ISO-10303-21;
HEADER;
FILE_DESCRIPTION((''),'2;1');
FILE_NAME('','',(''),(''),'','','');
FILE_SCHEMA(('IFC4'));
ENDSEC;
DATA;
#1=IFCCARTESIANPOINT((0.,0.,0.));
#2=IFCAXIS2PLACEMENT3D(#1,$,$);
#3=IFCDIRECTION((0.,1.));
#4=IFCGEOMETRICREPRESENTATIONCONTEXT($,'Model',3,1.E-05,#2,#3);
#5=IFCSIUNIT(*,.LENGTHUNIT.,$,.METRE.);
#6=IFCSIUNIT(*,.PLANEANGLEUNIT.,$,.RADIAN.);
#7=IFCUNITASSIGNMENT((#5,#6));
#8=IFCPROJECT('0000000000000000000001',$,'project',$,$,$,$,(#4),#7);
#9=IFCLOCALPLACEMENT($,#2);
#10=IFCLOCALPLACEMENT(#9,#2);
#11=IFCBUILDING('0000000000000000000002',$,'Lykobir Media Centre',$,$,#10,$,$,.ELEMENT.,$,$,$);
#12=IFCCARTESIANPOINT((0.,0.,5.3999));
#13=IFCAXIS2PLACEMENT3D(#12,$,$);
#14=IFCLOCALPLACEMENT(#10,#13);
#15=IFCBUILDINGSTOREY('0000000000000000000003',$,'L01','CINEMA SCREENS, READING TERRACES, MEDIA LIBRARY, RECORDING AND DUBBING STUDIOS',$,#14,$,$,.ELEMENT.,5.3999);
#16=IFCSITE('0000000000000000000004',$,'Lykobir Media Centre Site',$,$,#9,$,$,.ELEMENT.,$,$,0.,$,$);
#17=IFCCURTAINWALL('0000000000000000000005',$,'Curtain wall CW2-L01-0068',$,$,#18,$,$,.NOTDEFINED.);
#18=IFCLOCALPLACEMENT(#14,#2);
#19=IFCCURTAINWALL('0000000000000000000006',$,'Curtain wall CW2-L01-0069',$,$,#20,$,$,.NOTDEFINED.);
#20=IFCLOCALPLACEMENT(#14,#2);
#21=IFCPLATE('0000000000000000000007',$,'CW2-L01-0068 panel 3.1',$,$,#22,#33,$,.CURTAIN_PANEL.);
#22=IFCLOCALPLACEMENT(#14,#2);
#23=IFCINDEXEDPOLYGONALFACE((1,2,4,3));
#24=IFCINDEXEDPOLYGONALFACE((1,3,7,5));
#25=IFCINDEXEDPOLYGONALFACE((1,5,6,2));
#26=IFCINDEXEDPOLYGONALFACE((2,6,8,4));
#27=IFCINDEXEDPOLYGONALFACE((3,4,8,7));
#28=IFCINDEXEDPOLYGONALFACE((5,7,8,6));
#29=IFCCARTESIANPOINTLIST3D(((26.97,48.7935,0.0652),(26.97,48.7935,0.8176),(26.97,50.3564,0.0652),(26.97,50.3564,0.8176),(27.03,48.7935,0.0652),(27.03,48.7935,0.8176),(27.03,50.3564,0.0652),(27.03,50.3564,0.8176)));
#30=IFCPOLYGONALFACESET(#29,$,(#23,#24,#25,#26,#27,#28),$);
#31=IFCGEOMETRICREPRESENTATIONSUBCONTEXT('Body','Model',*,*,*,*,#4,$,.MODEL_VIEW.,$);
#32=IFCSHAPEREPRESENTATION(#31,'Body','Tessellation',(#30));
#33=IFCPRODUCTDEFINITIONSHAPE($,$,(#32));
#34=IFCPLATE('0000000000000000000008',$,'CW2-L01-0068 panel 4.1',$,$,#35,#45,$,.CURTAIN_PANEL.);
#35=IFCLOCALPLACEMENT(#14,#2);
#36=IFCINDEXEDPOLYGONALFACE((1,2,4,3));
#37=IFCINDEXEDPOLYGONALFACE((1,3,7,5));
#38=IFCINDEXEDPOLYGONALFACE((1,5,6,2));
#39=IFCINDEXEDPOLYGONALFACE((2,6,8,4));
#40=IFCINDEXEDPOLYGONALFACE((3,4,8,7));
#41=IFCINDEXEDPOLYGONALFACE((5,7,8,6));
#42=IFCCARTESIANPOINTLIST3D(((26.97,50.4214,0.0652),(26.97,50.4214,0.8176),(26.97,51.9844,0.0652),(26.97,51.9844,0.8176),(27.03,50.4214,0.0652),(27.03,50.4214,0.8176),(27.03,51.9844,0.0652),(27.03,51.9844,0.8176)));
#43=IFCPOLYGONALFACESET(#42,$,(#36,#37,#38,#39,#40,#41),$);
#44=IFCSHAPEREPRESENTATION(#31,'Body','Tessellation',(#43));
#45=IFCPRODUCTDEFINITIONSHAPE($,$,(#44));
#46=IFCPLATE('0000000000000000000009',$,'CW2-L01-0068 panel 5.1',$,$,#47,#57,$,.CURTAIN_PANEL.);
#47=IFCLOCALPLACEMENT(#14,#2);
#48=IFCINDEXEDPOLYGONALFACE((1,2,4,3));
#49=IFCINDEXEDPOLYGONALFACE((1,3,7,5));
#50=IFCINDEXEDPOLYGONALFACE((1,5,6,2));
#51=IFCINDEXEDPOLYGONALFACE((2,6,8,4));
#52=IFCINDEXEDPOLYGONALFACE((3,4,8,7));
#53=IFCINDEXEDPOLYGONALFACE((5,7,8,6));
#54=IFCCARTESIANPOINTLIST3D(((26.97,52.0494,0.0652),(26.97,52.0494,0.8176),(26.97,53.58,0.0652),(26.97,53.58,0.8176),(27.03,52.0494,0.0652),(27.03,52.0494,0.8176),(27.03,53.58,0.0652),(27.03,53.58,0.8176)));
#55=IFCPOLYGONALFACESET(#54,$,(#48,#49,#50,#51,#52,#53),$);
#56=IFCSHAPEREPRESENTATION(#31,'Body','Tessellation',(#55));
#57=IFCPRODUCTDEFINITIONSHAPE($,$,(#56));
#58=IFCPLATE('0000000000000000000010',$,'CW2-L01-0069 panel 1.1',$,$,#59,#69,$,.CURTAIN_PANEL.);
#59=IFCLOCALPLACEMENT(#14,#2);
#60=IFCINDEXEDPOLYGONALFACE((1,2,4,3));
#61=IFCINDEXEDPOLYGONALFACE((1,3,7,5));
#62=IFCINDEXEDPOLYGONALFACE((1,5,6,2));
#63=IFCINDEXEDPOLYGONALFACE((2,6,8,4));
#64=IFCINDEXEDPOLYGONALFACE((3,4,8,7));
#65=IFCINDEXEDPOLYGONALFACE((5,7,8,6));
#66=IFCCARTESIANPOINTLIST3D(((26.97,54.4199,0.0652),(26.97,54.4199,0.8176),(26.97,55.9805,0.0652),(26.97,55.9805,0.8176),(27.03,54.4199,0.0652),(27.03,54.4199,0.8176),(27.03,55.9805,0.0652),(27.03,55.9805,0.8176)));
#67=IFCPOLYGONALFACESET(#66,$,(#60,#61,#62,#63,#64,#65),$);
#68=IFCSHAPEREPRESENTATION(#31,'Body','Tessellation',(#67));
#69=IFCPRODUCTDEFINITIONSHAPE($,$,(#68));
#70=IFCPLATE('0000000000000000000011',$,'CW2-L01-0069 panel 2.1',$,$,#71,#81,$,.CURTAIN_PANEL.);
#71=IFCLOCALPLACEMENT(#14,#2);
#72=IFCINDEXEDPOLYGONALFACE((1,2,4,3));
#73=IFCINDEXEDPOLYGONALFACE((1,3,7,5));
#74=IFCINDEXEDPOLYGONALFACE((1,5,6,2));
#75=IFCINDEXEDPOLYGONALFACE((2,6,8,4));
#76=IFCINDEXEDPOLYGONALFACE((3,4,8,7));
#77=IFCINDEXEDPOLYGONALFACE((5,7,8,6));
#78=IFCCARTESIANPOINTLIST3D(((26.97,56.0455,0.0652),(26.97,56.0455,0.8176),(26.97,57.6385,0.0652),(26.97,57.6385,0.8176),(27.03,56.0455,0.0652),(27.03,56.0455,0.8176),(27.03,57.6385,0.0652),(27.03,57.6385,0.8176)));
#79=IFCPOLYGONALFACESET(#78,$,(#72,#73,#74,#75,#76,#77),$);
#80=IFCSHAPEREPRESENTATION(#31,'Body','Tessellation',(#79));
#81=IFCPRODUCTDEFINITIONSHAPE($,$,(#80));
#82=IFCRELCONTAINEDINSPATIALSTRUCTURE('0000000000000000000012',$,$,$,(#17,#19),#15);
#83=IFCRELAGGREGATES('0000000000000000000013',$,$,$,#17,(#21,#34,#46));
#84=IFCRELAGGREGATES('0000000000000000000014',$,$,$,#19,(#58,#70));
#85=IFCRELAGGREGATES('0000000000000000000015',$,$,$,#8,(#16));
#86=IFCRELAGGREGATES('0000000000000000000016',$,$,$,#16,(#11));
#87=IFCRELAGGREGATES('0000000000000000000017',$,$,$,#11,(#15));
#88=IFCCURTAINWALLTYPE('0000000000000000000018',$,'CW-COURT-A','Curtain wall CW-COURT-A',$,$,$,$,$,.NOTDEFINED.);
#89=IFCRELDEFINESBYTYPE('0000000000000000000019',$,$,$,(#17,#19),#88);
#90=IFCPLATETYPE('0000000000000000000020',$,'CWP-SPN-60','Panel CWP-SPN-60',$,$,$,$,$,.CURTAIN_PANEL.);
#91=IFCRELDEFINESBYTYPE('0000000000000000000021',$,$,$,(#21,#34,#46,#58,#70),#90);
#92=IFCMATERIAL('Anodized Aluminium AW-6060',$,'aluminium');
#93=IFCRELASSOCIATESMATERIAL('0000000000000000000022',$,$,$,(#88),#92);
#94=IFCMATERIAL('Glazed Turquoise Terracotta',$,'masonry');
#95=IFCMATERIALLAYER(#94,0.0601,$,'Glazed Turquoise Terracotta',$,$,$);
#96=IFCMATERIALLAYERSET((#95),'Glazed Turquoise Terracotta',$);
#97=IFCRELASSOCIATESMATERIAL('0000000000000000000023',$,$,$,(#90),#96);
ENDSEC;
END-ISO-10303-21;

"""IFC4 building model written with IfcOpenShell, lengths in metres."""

from ifc_helpers import new_model, si_unit, direction, frame, origin, origin_2d, place, context, subcontext, project, spatial, rectangle, extrude, material, layer, layer_set, type_object, element, aggregate, save


model = new_model("IFC4")

# Units and contexts
model_context = context("Model", 3, precision=1e-05, world=origin(), true_north=direction((0.0, 1.0)))
body_context = subcontext(model_context, "Body", "Model", "MODEL_VIEW")
ifc_project = project(units=[si_unit("LENGTHUNIT", "METRE"), si_unit("PLANEANGLEUNIT", "RADIAN")], contexts=[model_context])

# Site, building, storey
site_placement = place(None, origin())
site = spatial("IfcSite", under=ifc_project, at=site_placement, Name="Lykobir Media Centre Site", CompositionType="ELEMENT", RefElevation=0.0)
building_placement = place(site_placement, origin())
building = spatial("IfcBuilding", under=site, at=building_placement, Name="Lykobir Media Centre", CompositionType="ELEMENT")
storey_placement = place(building_placement, frame((0.0, 0.0, 5.3999)))
storey = spatial("IfcBuildingStorey", under=building, at=storey_placement, Name="L01", Description="CINEMA SCREENS, READING TERRACES, MEDIA LIBRARY, RECORDING AND DUBBING STUDIOS", CompositionType="ELEMENT", Elevation=5.3999)

# Curtain walls
ifc_material_1 = material(Name="Anodized Aluminium AW-6060", Category="aluminium")
curtain_wall_type = type_object("IfcCurtainWallType", Name="CW-COURT-A", Description="Curtain wall CW-COURT-A", PredefinedType="NOTDEFINED", material=ifc_material_1)
curtain_wall_1_placement = place(storey_placement, origin())
curtain_wall_1 = element("IfcCurtainWall", 1, at=curtain_wall_1_placement, inside=storey, type_object=curtain_wall_type, Name="Curtain wall CW2-L01-0068", PredefinedType="NOTDEFINED")
curtain_wall_2_placement = place(storey_placement, origin())
curtain_wall_2 = element("IfcCurtainWall", 2, at=curtain_wall_2_placement, inside=storey, type_object=curtain_wall_type, Name="Curtain wall CW2-L01-0069", PredefinedType="NOTDEFINED")

# Plates
ifc_material_2 = material(Name="Glazed Turquoise Terracotta", Category="masonry")
ifc_layer_1 = layer(ifc_material_2, 0.0601, Name="Glazed Turquoise Terracotta")
ifc_layer_set_1 = layer_set([ifc_layer_1], Name="Glazed Turquoise Terracotta")
plate_type_1 = type_object("IfcPlateType", Name="CWP-SPN-60", Description="Panel CWP-SPN-60", PredefinedType="CURTAIN_PANEL", material=ifc_layer_set_1)
plate_1_placement = place(storey_placement, frame((27.0, 49.575, 0.0652), z_axis=(0.0, 0.0, 1.0), x_axis=(0.0, 1.0, 0.0)))
plate_1 = element("IfcPlate", 3, at=plate_1_placement, type_object=plate_type_1, Name="CW2-L01-0068 panel 3.1", PredefinedType="CURTAIN_PANEL", context=body_context, shape_type="SweptSolid", body=[
    extrude(rectangle(XDim=1.563, YDim=0.0601, at=origin_2d()), origin(), (0.0, 0.0, 1.0), 0.7524),
])
plate_2_placement = place(storey_placement, frame((27.0, 51.2029, 0.0652), z_axis=(0.0, 0.0, 1.0), x_axis=(0.0, 1.0, 0.0)))
plate_2 = element("IfcPlate", 4, at=plate_2_placement, type_object=plate_type_1, Name="CW2-L01-0068 panel 4.1", PredefinedType="CURTAIN_PANEL", context=body_context, shape_type="SweptSolid", body=[
    extrude(rectangle(XDim=1.563, YDim=0.0601, at=origin_2d()), origin(), (0.0, 0.0, 1.0), 0.7524),
])
plate_3_placement = place(storey_placement, frame((27.0, 52.8147, 0.0652), z_axis=(0.0, 0.0, 1.0), x_axis=(0.0, 1.0, 0.0)))
plate_3 = element("IfcPlate", 5, at=plate_3_placement, type_object=plate_type_1, Name="CW2-L01-0068 panel 5.1", PredefinedType="CURTAIN_PANEL", context=body_context, shape_type="SweptSolid", body=[
    extrude(rectangle(XDim=1.5305, YDim=0.0601, at=origin_2d()), origin(), (0.0, 0.0, 1.0), 0.7524),
])
aggregate(curtain_wall_1, [plate_1, plate_2, plate_3])
plate_4_placement = place(storey_placement, frame((27.0, 55.2002, 0.0652), z_axis=(0.0, 0.0, 1.0), x_axis=(0.0, 1.0, 0.0)))
plate_4 = element("IfcPlate", 6, at=plate_4_placement, type_object=plate_type_1, Name="CW2-L01-0069 panel 1.1", PredefinedType="CURTAIN_PANEL", context=body_context, shape_type="SweptSolid", body=[
    extrude(rectangle(XDim=1.5605, YDim=0.0601, at=origin_2d()), origin(), (0.0, 0.0, 1.0), 0.7524),
])
plate_5_placement = place(storey_placement, frame((27.0, 56.842, 0.0652), z_axis=(0.0, 0.0, 1.0), x_axis=(0.0, 1.0, 0.0)))
plate_5 = element("IfcPlate", 7, at=plate_5_placement, type_object=plate_type_1, Name="CW2-L01-0069 panel 2.1", PredefinedType="CURTAIN_PANEL", context=body_context, shape_type="SweptSolid", body=[
    extrude(rectangle(XDim=1.593, YDim=0.0601, at=origin_2d()), origin(), (0.0, 0.0, 1.0), 0.7524),
])
aggregate(curtain_wall_2, [plate_4, plate_5])

save(model, "model.ifc")
